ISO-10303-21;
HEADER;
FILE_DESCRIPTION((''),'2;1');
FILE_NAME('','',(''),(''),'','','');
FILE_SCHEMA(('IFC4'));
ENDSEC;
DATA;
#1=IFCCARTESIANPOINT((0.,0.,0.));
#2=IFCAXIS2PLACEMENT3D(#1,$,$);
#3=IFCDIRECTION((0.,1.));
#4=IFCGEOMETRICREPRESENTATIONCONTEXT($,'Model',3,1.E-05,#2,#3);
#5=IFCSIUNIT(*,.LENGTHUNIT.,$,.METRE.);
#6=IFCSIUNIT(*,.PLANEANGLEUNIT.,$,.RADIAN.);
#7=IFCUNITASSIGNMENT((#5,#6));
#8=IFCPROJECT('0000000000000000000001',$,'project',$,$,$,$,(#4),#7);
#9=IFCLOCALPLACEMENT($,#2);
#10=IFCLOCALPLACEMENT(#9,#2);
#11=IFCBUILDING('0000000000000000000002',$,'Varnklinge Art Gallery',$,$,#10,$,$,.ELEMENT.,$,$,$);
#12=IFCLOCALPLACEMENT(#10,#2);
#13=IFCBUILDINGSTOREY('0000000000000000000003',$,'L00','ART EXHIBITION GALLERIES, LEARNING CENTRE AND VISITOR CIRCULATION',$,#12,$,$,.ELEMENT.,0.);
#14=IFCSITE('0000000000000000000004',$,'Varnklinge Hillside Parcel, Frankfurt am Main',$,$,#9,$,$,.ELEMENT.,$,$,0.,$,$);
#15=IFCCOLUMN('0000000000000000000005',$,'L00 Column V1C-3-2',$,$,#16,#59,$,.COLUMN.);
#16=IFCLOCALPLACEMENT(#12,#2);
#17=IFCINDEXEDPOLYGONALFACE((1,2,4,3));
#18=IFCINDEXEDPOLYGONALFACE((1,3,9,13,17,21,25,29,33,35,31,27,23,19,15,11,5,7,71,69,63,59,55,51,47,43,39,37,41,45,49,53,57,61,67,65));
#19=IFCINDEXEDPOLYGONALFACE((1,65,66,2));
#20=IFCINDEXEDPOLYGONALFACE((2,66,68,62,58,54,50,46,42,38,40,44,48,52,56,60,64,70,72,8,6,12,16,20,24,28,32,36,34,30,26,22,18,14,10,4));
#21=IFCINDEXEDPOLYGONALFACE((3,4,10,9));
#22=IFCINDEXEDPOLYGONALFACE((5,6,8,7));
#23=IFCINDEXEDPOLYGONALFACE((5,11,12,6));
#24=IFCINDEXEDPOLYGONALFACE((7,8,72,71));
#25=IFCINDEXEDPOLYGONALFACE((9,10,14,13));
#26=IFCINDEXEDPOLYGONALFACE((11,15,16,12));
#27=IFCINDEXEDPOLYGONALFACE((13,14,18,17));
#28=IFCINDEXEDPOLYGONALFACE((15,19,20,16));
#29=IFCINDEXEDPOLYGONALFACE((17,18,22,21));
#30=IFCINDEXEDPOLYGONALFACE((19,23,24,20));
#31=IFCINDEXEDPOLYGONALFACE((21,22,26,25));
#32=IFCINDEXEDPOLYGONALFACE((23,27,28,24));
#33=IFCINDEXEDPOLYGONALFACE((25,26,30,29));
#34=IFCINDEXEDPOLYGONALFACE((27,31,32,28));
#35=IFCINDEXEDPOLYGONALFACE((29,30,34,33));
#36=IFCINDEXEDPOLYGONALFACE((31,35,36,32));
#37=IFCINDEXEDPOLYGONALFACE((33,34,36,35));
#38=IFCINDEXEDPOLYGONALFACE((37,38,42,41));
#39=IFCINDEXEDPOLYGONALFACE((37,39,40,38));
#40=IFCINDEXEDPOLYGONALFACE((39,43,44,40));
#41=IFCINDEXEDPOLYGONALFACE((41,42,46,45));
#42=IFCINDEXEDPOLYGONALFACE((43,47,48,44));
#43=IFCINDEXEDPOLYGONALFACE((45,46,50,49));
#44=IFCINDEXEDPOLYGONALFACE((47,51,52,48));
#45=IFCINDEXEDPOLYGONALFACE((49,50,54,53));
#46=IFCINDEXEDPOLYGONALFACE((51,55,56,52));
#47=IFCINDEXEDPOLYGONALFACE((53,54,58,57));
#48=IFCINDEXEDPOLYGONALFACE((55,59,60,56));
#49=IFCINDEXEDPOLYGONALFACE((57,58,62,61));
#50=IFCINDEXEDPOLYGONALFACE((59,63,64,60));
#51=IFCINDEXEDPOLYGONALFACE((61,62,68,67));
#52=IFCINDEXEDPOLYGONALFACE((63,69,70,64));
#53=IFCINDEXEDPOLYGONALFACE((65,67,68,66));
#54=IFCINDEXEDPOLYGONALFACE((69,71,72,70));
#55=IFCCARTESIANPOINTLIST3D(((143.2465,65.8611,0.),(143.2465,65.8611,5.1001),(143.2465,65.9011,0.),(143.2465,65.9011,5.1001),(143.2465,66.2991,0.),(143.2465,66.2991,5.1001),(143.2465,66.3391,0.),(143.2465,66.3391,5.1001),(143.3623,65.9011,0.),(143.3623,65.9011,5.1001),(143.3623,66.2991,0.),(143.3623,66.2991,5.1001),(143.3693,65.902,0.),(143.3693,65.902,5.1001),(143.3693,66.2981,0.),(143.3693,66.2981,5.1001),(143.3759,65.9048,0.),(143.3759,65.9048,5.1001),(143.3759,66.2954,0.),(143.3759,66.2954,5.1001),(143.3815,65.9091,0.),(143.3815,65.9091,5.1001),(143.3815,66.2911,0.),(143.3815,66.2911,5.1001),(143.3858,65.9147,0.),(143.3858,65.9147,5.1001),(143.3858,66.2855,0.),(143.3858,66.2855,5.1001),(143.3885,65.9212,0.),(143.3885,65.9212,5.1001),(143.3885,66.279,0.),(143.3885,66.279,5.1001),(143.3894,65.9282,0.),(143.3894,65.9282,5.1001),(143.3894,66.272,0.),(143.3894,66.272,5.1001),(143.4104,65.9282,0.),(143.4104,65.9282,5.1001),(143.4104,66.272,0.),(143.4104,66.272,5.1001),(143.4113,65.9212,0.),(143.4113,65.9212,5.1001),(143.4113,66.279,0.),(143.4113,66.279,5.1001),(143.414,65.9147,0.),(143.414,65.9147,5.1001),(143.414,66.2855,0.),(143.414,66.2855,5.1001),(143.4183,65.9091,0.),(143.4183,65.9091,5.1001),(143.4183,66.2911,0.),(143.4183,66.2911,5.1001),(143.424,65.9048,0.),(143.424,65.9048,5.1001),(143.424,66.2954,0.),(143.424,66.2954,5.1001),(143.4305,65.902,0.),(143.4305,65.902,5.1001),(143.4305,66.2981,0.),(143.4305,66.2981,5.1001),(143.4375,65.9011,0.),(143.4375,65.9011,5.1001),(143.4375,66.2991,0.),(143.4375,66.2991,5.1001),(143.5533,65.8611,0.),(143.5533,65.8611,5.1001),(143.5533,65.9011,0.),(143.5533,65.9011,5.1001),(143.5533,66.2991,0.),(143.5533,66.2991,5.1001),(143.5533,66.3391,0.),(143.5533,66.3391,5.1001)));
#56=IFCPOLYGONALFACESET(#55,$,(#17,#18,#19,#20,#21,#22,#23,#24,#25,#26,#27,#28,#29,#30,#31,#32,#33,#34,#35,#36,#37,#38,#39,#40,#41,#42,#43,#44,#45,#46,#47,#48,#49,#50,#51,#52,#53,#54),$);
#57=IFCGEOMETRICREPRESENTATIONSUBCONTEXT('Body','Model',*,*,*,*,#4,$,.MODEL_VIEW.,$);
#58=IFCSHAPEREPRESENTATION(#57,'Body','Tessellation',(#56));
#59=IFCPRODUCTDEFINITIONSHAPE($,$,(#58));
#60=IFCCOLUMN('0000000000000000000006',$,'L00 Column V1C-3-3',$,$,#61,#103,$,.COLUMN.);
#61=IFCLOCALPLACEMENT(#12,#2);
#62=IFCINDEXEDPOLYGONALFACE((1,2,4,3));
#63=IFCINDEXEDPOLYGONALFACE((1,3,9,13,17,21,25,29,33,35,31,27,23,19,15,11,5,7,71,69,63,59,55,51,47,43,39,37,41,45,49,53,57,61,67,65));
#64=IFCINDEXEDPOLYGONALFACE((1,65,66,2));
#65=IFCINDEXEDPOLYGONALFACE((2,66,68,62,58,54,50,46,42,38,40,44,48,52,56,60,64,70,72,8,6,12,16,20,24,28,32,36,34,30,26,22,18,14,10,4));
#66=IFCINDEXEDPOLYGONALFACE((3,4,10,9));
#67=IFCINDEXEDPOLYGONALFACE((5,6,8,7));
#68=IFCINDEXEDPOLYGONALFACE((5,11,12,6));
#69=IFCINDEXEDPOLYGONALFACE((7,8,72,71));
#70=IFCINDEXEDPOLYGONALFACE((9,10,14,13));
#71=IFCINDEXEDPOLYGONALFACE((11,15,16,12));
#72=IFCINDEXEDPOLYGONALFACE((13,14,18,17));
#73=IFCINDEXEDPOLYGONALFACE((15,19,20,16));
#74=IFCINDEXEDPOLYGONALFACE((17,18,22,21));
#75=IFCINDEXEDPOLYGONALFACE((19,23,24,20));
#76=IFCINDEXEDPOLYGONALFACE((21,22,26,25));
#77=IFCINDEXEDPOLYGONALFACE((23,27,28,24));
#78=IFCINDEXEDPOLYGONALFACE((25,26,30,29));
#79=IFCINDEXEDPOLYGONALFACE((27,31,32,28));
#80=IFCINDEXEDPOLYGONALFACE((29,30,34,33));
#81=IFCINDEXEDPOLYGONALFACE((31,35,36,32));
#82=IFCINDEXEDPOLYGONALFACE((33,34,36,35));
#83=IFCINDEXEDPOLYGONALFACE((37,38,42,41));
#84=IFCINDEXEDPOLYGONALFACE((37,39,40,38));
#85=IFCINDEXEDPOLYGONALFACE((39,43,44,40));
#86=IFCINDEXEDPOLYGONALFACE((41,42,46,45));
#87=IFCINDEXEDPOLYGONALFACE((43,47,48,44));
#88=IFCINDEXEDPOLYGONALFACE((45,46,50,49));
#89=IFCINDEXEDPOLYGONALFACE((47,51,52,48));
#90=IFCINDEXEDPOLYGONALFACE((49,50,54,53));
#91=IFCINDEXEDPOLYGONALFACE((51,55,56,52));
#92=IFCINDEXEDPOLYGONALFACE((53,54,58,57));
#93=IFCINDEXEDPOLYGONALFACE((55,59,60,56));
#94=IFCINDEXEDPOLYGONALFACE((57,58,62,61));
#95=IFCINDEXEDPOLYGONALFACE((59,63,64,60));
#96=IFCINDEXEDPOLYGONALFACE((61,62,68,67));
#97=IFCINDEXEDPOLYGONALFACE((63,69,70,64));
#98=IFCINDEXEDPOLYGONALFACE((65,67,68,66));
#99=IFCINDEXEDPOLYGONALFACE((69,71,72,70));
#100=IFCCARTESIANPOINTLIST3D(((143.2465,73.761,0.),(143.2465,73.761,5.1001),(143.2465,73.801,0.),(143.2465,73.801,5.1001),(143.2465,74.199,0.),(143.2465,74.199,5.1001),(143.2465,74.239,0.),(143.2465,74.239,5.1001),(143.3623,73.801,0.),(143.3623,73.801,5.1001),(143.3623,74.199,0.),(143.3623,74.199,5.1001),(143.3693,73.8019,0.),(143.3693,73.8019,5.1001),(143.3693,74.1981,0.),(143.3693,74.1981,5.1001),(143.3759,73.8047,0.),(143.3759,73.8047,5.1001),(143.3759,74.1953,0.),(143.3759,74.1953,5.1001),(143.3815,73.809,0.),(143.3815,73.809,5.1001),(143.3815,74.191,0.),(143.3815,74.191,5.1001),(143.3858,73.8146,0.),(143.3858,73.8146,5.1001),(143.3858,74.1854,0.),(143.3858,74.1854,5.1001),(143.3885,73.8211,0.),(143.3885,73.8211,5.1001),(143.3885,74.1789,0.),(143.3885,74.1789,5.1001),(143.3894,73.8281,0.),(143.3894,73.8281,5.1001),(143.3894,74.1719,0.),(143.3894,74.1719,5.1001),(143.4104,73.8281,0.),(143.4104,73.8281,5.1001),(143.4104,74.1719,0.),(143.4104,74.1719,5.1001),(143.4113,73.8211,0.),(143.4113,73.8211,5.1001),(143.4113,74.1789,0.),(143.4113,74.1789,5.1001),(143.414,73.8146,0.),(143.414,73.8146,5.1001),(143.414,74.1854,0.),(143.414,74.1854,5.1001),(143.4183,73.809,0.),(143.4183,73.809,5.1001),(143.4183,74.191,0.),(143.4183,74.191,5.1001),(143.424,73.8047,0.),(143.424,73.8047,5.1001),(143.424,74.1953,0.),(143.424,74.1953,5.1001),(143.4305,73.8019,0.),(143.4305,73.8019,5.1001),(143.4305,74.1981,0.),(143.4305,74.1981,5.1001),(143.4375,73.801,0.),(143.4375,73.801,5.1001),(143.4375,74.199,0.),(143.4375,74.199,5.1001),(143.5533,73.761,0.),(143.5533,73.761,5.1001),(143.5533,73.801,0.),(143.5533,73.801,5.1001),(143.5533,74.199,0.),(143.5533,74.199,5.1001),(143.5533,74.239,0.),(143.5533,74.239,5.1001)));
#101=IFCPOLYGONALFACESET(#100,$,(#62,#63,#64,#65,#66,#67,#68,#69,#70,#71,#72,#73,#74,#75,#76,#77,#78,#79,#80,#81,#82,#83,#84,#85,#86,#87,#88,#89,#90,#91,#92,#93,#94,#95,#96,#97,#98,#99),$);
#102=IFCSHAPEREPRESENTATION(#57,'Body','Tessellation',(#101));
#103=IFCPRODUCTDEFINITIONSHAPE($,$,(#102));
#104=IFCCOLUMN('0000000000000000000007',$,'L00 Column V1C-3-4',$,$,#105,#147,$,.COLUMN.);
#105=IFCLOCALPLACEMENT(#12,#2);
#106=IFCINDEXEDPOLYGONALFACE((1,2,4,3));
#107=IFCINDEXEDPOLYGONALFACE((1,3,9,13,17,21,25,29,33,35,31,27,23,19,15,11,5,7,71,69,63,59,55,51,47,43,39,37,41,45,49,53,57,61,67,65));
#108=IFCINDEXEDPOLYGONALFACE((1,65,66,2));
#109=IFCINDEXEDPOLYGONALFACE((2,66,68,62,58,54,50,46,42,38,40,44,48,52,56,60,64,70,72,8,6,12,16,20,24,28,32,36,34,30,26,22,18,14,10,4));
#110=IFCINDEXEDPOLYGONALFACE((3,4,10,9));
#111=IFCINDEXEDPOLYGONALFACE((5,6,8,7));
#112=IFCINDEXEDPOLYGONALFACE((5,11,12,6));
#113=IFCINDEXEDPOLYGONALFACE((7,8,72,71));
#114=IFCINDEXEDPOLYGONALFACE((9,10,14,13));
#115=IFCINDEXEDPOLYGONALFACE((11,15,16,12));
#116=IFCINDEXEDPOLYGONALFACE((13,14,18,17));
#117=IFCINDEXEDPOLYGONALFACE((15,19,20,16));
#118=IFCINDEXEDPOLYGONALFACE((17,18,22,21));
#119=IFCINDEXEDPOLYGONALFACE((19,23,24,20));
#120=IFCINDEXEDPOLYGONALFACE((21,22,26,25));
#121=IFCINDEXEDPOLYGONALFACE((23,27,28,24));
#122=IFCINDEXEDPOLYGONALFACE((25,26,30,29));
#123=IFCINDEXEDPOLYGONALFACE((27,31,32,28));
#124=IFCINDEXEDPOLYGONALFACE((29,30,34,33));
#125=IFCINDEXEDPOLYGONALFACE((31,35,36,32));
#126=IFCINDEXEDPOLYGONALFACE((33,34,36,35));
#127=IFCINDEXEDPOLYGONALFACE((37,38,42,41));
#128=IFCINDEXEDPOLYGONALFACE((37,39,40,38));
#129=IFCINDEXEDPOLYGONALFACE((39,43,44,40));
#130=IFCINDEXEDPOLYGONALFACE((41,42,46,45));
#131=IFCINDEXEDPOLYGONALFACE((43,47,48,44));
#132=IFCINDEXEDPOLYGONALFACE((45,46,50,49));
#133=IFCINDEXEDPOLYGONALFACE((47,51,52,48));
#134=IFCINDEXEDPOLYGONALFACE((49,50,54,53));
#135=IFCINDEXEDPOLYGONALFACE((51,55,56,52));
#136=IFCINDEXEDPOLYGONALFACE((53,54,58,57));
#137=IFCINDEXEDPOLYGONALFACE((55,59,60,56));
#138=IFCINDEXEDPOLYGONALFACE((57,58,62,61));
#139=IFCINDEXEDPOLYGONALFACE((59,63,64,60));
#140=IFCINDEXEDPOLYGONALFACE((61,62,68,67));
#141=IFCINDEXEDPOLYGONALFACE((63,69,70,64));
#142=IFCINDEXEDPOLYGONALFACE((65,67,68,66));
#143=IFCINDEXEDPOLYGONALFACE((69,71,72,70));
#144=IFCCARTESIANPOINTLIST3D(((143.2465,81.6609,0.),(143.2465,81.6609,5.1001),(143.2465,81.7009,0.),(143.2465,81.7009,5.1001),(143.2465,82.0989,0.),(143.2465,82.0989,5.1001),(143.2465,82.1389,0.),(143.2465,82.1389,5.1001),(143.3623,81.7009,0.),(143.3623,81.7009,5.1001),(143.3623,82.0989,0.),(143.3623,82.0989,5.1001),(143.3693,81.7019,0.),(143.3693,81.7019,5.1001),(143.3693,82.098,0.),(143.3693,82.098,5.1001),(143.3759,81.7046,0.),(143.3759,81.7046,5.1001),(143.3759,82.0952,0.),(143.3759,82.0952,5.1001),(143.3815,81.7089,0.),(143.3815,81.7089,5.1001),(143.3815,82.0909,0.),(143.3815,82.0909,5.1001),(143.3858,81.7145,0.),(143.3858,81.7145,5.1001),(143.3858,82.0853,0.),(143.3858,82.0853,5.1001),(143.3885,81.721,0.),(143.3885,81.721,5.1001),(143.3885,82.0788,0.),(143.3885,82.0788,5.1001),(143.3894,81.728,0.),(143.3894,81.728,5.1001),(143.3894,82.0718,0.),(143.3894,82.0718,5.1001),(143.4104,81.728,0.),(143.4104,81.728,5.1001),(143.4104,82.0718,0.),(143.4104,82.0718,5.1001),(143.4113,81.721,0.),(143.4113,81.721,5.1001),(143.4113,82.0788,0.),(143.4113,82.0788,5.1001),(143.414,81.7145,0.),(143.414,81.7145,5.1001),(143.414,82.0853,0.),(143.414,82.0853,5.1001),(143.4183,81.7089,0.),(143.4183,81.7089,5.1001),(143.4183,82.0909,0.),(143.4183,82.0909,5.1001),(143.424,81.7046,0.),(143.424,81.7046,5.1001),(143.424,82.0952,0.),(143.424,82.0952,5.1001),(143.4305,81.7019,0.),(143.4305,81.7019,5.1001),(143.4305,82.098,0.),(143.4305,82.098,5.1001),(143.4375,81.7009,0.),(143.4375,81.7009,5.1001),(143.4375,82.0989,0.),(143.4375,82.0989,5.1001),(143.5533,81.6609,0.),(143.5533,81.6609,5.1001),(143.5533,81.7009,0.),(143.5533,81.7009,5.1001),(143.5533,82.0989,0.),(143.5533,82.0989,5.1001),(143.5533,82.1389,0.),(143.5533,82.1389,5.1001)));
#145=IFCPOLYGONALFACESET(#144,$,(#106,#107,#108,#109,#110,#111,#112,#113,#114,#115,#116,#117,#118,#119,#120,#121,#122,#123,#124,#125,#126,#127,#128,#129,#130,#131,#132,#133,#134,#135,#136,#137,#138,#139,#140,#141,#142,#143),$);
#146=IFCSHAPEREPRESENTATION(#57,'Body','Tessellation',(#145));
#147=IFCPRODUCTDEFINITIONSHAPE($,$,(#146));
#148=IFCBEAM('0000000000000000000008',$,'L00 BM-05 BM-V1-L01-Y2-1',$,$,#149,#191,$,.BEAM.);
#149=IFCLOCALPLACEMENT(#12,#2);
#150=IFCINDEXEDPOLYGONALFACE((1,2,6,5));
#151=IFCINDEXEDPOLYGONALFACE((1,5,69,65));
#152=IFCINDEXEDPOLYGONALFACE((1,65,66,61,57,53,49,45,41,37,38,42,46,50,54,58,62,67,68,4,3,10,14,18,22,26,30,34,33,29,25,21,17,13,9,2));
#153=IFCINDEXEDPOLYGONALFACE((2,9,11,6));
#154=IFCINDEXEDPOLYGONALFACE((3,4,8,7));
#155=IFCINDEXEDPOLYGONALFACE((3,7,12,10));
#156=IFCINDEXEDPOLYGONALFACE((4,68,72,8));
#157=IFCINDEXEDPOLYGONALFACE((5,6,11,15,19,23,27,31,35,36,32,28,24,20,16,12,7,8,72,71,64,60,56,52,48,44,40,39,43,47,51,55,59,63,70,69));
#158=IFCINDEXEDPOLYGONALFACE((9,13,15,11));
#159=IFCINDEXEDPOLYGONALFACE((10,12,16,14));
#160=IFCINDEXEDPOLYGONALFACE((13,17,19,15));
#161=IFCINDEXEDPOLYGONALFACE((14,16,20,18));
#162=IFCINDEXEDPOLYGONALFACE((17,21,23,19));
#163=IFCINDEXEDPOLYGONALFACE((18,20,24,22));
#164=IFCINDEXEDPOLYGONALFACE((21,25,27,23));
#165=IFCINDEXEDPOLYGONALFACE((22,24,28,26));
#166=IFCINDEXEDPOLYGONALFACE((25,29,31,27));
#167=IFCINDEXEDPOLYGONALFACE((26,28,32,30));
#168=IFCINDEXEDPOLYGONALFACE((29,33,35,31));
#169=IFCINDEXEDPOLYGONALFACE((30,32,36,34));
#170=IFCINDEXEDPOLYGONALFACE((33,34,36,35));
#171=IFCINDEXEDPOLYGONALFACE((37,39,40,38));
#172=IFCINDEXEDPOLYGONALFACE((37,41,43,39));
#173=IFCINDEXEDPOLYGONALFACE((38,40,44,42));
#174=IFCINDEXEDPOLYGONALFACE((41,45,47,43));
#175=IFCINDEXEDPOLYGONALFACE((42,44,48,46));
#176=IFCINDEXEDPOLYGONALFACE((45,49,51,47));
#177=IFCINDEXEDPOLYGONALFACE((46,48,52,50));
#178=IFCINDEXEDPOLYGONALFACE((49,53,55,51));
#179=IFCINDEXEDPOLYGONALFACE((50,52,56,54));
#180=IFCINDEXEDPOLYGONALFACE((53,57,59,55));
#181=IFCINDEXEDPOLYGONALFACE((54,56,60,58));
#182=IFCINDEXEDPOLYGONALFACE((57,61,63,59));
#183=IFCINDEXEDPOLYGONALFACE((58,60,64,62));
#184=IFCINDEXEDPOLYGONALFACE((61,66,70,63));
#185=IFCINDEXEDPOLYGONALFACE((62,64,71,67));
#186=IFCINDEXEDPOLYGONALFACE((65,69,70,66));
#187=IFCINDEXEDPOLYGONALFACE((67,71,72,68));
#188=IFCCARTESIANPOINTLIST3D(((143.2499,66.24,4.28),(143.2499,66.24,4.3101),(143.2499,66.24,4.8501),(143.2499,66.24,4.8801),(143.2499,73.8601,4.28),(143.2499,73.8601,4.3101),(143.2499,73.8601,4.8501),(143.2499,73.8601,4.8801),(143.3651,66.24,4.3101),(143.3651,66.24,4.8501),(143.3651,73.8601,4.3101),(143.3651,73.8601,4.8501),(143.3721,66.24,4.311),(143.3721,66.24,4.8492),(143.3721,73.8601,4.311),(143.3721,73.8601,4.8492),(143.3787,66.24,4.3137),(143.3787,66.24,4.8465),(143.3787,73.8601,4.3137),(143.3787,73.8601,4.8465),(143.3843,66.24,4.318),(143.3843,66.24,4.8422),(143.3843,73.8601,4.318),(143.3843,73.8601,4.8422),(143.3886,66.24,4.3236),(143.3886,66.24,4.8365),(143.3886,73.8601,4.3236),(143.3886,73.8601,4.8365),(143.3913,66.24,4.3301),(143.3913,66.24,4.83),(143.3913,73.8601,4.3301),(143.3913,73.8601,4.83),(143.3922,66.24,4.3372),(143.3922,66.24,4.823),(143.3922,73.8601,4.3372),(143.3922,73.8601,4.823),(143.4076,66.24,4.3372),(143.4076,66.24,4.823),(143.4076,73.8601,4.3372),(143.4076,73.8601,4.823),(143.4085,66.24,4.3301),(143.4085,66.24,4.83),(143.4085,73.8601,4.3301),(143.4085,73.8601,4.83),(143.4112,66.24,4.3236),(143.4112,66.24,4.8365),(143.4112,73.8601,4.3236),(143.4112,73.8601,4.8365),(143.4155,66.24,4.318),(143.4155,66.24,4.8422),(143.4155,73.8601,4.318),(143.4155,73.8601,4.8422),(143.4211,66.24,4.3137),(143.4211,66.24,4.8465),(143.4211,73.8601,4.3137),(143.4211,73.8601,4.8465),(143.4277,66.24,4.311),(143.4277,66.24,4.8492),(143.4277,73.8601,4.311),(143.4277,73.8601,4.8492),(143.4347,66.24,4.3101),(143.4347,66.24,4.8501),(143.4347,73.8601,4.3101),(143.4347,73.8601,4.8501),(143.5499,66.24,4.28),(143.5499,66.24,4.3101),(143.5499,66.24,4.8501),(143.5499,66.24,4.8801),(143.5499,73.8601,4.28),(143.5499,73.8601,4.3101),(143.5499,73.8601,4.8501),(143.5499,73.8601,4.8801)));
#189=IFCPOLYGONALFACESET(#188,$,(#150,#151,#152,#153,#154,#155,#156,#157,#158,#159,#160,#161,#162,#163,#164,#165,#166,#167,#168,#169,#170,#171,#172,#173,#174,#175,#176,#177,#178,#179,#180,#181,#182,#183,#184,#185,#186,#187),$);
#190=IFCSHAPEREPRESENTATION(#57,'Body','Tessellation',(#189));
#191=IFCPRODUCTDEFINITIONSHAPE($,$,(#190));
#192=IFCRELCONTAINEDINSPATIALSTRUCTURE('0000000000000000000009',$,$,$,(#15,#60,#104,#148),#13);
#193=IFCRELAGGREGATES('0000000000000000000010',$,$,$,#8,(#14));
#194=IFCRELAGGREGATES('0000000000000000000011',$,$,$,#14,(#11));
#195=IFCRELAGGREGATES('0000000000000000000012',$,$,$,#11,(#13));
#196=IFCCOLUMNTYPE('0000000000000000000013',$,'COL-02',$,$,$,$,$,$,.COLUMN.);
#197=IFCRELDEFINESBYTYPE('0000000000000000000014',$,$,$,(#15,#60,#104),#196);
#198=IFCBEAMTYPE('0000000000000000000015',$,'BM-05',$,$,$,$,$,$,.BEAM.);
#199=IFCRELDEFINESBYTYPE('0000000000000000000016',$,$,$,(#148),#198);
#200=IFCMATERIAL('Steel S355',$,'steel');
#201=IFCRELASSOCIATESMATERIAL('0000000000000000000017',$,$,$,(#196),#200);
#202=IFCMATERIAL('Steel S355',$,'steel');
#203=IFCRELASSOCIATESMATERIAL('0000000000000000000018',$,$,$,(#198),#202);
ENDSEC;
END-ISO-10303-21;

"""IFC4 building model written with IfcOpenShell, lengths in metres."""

from ifc_helpers import new_model, si_unit, direction, frame, origin, origin_2d, place, context, subcontext, project, spatial, i_section, extrude, material, material_profile, profile_set, type_object, element, save


model = new_model("IFC4")

# Units and contexts
model_context = context("Model", 3, precision=1e-05, world=origin(), true_north=direction((0.0, 1.0)))
body_context = subcontext(model_context, "Body", "Model", "MODEL_VIEW")
ifc_project = project(units=[si_unit("LENGTHUNIT", "METRE"), si_unit("PLANEANGLEUNIT", "RADIAN")], contexts=[model_context])

# Site, building, storey
site_placement = place(None, origin())
site = spatial("IfcSite", under=ifc_project, at=site_placement, Name="Varnklinge Hillside Parcel, Frankfurt am Main", CompositionType="ELEMENT", RefElevation=0.0)
building_placement = place(site_placement, origin())
building = spatial("IfcBuilding", under=site, at=building_placement, Name="Varnklinge Art Gallery", CompositionType="ELEMENT")
storey_placement = place(building_placement, origin())
storey = spatial("IfcBuildingStorey", under=building, at=storey_placement, Name="L00", Description="ART EXHIBITION GALLERIES, LEARNING CENTRE AND VISITOR CIRCULATION", CompositionType="ELEMENT", Elevation=0.0)

# Columns
ifc_material_1 = material(Name="Steel S355", Category="steel")
ifc_material_profile_1 = material_profile(ifc_material_1, i_section(OverallWidth=0.3069, OverallDepth=0.478, WebThickness=0.021, FlangeThickness=0.04, FilletRadius=0.0271, at=origin_2d()), Name="HEM 450")
ifc_profile_set_1 = profile_set([ifc_material_profile_1], Name="Steel S355")
column_type = type_object("IfcColumnType", Name="COL-02", PredefinedType="COLUMN", material=ifc_profile_set_1)
for number, where, z_axis, x_axis, name in (
    (1, (143.3999, 66.1001, 0.0), (0.0, 0.0, 1.0), (1.0, 0.0, 0.0), "L00 Column V1C-3-2"),
    (2, (143.3999, 74.0, 0.0), (0.0, 0.0, 1.0), (1.0, 0.0, 0.0), "L00 Column V1C-3-3"),
    (3, (143.3999, 81.8999, 0.0), (0.0, 0.0, 1.0), (1.0, 0.0, 0.0), "L00 Column V1C-3-4"),
):
    element("IfcColumn", number, at=place(storey_placement, frame(where, z_axis=z_axis, x_axis=x_axis)), inside=storey, type_object=column_type, Name=name, PredefinedType="COLUMN", context=body_context, shape_type="SweptSolid", body=[
        extrude(i_section(OverallWidth=0.3069, OverallDepth=0.478, WebThickness=0.021, FlangeThickness=0.04, FilletRadius=0.0271, at=origin_2d()), origin(), (0.0, 0.0, 1.0), 5.1001),
    ])

# Beam
ifc_material_2 = material(Name="Steel S355", Category="steel")
ifc_material_profile_2 = material_profile(ifc_material_2, i_section(OverallWidth=0.3, OverallDepth=0.6001, WebThickness=0.0154, FlangeThickness=0.03, FilletRadius=0.0271, at=origin_2d()), Name="HEB 600")
ifc_profile_set_2 = profile_set([ifc_material_profile_2], Name="Steel S355")
beam_type = type_object("IfcBeamType", Name="BM-05", PredefinedType="BEAM", material=ifc_profile_set_2)
for number, where, z_axis, x_axis, name in (
    (4, (143.3999, 66.24, 4.5801), (0.0, 1.0, 0.0), (-1.0, 0.0, 0.0), "L00 BM-05 BM-V1-L01-Y2-1"),
):
    element("IfcBeam", number, at=place(storey_placement, frame(where, z_axis=z_axis, x_axis=x_axis)), inside=storey, type_object=beam_type, Name=name, PredefinedType="BEAM", context=body_context, shape_type="SweptSolid", body=[
        extrude(i_section(OverallWidth=0.3, OverallDepth=0.6001, WebThickness=0.0154, FlangeThickness=0.03, FilletRadius=0.0271, at=origin_2d()), origin(), (0.0, 0.0, 1.0), 7.6201),
    ])

save(model, "model.ifc")
